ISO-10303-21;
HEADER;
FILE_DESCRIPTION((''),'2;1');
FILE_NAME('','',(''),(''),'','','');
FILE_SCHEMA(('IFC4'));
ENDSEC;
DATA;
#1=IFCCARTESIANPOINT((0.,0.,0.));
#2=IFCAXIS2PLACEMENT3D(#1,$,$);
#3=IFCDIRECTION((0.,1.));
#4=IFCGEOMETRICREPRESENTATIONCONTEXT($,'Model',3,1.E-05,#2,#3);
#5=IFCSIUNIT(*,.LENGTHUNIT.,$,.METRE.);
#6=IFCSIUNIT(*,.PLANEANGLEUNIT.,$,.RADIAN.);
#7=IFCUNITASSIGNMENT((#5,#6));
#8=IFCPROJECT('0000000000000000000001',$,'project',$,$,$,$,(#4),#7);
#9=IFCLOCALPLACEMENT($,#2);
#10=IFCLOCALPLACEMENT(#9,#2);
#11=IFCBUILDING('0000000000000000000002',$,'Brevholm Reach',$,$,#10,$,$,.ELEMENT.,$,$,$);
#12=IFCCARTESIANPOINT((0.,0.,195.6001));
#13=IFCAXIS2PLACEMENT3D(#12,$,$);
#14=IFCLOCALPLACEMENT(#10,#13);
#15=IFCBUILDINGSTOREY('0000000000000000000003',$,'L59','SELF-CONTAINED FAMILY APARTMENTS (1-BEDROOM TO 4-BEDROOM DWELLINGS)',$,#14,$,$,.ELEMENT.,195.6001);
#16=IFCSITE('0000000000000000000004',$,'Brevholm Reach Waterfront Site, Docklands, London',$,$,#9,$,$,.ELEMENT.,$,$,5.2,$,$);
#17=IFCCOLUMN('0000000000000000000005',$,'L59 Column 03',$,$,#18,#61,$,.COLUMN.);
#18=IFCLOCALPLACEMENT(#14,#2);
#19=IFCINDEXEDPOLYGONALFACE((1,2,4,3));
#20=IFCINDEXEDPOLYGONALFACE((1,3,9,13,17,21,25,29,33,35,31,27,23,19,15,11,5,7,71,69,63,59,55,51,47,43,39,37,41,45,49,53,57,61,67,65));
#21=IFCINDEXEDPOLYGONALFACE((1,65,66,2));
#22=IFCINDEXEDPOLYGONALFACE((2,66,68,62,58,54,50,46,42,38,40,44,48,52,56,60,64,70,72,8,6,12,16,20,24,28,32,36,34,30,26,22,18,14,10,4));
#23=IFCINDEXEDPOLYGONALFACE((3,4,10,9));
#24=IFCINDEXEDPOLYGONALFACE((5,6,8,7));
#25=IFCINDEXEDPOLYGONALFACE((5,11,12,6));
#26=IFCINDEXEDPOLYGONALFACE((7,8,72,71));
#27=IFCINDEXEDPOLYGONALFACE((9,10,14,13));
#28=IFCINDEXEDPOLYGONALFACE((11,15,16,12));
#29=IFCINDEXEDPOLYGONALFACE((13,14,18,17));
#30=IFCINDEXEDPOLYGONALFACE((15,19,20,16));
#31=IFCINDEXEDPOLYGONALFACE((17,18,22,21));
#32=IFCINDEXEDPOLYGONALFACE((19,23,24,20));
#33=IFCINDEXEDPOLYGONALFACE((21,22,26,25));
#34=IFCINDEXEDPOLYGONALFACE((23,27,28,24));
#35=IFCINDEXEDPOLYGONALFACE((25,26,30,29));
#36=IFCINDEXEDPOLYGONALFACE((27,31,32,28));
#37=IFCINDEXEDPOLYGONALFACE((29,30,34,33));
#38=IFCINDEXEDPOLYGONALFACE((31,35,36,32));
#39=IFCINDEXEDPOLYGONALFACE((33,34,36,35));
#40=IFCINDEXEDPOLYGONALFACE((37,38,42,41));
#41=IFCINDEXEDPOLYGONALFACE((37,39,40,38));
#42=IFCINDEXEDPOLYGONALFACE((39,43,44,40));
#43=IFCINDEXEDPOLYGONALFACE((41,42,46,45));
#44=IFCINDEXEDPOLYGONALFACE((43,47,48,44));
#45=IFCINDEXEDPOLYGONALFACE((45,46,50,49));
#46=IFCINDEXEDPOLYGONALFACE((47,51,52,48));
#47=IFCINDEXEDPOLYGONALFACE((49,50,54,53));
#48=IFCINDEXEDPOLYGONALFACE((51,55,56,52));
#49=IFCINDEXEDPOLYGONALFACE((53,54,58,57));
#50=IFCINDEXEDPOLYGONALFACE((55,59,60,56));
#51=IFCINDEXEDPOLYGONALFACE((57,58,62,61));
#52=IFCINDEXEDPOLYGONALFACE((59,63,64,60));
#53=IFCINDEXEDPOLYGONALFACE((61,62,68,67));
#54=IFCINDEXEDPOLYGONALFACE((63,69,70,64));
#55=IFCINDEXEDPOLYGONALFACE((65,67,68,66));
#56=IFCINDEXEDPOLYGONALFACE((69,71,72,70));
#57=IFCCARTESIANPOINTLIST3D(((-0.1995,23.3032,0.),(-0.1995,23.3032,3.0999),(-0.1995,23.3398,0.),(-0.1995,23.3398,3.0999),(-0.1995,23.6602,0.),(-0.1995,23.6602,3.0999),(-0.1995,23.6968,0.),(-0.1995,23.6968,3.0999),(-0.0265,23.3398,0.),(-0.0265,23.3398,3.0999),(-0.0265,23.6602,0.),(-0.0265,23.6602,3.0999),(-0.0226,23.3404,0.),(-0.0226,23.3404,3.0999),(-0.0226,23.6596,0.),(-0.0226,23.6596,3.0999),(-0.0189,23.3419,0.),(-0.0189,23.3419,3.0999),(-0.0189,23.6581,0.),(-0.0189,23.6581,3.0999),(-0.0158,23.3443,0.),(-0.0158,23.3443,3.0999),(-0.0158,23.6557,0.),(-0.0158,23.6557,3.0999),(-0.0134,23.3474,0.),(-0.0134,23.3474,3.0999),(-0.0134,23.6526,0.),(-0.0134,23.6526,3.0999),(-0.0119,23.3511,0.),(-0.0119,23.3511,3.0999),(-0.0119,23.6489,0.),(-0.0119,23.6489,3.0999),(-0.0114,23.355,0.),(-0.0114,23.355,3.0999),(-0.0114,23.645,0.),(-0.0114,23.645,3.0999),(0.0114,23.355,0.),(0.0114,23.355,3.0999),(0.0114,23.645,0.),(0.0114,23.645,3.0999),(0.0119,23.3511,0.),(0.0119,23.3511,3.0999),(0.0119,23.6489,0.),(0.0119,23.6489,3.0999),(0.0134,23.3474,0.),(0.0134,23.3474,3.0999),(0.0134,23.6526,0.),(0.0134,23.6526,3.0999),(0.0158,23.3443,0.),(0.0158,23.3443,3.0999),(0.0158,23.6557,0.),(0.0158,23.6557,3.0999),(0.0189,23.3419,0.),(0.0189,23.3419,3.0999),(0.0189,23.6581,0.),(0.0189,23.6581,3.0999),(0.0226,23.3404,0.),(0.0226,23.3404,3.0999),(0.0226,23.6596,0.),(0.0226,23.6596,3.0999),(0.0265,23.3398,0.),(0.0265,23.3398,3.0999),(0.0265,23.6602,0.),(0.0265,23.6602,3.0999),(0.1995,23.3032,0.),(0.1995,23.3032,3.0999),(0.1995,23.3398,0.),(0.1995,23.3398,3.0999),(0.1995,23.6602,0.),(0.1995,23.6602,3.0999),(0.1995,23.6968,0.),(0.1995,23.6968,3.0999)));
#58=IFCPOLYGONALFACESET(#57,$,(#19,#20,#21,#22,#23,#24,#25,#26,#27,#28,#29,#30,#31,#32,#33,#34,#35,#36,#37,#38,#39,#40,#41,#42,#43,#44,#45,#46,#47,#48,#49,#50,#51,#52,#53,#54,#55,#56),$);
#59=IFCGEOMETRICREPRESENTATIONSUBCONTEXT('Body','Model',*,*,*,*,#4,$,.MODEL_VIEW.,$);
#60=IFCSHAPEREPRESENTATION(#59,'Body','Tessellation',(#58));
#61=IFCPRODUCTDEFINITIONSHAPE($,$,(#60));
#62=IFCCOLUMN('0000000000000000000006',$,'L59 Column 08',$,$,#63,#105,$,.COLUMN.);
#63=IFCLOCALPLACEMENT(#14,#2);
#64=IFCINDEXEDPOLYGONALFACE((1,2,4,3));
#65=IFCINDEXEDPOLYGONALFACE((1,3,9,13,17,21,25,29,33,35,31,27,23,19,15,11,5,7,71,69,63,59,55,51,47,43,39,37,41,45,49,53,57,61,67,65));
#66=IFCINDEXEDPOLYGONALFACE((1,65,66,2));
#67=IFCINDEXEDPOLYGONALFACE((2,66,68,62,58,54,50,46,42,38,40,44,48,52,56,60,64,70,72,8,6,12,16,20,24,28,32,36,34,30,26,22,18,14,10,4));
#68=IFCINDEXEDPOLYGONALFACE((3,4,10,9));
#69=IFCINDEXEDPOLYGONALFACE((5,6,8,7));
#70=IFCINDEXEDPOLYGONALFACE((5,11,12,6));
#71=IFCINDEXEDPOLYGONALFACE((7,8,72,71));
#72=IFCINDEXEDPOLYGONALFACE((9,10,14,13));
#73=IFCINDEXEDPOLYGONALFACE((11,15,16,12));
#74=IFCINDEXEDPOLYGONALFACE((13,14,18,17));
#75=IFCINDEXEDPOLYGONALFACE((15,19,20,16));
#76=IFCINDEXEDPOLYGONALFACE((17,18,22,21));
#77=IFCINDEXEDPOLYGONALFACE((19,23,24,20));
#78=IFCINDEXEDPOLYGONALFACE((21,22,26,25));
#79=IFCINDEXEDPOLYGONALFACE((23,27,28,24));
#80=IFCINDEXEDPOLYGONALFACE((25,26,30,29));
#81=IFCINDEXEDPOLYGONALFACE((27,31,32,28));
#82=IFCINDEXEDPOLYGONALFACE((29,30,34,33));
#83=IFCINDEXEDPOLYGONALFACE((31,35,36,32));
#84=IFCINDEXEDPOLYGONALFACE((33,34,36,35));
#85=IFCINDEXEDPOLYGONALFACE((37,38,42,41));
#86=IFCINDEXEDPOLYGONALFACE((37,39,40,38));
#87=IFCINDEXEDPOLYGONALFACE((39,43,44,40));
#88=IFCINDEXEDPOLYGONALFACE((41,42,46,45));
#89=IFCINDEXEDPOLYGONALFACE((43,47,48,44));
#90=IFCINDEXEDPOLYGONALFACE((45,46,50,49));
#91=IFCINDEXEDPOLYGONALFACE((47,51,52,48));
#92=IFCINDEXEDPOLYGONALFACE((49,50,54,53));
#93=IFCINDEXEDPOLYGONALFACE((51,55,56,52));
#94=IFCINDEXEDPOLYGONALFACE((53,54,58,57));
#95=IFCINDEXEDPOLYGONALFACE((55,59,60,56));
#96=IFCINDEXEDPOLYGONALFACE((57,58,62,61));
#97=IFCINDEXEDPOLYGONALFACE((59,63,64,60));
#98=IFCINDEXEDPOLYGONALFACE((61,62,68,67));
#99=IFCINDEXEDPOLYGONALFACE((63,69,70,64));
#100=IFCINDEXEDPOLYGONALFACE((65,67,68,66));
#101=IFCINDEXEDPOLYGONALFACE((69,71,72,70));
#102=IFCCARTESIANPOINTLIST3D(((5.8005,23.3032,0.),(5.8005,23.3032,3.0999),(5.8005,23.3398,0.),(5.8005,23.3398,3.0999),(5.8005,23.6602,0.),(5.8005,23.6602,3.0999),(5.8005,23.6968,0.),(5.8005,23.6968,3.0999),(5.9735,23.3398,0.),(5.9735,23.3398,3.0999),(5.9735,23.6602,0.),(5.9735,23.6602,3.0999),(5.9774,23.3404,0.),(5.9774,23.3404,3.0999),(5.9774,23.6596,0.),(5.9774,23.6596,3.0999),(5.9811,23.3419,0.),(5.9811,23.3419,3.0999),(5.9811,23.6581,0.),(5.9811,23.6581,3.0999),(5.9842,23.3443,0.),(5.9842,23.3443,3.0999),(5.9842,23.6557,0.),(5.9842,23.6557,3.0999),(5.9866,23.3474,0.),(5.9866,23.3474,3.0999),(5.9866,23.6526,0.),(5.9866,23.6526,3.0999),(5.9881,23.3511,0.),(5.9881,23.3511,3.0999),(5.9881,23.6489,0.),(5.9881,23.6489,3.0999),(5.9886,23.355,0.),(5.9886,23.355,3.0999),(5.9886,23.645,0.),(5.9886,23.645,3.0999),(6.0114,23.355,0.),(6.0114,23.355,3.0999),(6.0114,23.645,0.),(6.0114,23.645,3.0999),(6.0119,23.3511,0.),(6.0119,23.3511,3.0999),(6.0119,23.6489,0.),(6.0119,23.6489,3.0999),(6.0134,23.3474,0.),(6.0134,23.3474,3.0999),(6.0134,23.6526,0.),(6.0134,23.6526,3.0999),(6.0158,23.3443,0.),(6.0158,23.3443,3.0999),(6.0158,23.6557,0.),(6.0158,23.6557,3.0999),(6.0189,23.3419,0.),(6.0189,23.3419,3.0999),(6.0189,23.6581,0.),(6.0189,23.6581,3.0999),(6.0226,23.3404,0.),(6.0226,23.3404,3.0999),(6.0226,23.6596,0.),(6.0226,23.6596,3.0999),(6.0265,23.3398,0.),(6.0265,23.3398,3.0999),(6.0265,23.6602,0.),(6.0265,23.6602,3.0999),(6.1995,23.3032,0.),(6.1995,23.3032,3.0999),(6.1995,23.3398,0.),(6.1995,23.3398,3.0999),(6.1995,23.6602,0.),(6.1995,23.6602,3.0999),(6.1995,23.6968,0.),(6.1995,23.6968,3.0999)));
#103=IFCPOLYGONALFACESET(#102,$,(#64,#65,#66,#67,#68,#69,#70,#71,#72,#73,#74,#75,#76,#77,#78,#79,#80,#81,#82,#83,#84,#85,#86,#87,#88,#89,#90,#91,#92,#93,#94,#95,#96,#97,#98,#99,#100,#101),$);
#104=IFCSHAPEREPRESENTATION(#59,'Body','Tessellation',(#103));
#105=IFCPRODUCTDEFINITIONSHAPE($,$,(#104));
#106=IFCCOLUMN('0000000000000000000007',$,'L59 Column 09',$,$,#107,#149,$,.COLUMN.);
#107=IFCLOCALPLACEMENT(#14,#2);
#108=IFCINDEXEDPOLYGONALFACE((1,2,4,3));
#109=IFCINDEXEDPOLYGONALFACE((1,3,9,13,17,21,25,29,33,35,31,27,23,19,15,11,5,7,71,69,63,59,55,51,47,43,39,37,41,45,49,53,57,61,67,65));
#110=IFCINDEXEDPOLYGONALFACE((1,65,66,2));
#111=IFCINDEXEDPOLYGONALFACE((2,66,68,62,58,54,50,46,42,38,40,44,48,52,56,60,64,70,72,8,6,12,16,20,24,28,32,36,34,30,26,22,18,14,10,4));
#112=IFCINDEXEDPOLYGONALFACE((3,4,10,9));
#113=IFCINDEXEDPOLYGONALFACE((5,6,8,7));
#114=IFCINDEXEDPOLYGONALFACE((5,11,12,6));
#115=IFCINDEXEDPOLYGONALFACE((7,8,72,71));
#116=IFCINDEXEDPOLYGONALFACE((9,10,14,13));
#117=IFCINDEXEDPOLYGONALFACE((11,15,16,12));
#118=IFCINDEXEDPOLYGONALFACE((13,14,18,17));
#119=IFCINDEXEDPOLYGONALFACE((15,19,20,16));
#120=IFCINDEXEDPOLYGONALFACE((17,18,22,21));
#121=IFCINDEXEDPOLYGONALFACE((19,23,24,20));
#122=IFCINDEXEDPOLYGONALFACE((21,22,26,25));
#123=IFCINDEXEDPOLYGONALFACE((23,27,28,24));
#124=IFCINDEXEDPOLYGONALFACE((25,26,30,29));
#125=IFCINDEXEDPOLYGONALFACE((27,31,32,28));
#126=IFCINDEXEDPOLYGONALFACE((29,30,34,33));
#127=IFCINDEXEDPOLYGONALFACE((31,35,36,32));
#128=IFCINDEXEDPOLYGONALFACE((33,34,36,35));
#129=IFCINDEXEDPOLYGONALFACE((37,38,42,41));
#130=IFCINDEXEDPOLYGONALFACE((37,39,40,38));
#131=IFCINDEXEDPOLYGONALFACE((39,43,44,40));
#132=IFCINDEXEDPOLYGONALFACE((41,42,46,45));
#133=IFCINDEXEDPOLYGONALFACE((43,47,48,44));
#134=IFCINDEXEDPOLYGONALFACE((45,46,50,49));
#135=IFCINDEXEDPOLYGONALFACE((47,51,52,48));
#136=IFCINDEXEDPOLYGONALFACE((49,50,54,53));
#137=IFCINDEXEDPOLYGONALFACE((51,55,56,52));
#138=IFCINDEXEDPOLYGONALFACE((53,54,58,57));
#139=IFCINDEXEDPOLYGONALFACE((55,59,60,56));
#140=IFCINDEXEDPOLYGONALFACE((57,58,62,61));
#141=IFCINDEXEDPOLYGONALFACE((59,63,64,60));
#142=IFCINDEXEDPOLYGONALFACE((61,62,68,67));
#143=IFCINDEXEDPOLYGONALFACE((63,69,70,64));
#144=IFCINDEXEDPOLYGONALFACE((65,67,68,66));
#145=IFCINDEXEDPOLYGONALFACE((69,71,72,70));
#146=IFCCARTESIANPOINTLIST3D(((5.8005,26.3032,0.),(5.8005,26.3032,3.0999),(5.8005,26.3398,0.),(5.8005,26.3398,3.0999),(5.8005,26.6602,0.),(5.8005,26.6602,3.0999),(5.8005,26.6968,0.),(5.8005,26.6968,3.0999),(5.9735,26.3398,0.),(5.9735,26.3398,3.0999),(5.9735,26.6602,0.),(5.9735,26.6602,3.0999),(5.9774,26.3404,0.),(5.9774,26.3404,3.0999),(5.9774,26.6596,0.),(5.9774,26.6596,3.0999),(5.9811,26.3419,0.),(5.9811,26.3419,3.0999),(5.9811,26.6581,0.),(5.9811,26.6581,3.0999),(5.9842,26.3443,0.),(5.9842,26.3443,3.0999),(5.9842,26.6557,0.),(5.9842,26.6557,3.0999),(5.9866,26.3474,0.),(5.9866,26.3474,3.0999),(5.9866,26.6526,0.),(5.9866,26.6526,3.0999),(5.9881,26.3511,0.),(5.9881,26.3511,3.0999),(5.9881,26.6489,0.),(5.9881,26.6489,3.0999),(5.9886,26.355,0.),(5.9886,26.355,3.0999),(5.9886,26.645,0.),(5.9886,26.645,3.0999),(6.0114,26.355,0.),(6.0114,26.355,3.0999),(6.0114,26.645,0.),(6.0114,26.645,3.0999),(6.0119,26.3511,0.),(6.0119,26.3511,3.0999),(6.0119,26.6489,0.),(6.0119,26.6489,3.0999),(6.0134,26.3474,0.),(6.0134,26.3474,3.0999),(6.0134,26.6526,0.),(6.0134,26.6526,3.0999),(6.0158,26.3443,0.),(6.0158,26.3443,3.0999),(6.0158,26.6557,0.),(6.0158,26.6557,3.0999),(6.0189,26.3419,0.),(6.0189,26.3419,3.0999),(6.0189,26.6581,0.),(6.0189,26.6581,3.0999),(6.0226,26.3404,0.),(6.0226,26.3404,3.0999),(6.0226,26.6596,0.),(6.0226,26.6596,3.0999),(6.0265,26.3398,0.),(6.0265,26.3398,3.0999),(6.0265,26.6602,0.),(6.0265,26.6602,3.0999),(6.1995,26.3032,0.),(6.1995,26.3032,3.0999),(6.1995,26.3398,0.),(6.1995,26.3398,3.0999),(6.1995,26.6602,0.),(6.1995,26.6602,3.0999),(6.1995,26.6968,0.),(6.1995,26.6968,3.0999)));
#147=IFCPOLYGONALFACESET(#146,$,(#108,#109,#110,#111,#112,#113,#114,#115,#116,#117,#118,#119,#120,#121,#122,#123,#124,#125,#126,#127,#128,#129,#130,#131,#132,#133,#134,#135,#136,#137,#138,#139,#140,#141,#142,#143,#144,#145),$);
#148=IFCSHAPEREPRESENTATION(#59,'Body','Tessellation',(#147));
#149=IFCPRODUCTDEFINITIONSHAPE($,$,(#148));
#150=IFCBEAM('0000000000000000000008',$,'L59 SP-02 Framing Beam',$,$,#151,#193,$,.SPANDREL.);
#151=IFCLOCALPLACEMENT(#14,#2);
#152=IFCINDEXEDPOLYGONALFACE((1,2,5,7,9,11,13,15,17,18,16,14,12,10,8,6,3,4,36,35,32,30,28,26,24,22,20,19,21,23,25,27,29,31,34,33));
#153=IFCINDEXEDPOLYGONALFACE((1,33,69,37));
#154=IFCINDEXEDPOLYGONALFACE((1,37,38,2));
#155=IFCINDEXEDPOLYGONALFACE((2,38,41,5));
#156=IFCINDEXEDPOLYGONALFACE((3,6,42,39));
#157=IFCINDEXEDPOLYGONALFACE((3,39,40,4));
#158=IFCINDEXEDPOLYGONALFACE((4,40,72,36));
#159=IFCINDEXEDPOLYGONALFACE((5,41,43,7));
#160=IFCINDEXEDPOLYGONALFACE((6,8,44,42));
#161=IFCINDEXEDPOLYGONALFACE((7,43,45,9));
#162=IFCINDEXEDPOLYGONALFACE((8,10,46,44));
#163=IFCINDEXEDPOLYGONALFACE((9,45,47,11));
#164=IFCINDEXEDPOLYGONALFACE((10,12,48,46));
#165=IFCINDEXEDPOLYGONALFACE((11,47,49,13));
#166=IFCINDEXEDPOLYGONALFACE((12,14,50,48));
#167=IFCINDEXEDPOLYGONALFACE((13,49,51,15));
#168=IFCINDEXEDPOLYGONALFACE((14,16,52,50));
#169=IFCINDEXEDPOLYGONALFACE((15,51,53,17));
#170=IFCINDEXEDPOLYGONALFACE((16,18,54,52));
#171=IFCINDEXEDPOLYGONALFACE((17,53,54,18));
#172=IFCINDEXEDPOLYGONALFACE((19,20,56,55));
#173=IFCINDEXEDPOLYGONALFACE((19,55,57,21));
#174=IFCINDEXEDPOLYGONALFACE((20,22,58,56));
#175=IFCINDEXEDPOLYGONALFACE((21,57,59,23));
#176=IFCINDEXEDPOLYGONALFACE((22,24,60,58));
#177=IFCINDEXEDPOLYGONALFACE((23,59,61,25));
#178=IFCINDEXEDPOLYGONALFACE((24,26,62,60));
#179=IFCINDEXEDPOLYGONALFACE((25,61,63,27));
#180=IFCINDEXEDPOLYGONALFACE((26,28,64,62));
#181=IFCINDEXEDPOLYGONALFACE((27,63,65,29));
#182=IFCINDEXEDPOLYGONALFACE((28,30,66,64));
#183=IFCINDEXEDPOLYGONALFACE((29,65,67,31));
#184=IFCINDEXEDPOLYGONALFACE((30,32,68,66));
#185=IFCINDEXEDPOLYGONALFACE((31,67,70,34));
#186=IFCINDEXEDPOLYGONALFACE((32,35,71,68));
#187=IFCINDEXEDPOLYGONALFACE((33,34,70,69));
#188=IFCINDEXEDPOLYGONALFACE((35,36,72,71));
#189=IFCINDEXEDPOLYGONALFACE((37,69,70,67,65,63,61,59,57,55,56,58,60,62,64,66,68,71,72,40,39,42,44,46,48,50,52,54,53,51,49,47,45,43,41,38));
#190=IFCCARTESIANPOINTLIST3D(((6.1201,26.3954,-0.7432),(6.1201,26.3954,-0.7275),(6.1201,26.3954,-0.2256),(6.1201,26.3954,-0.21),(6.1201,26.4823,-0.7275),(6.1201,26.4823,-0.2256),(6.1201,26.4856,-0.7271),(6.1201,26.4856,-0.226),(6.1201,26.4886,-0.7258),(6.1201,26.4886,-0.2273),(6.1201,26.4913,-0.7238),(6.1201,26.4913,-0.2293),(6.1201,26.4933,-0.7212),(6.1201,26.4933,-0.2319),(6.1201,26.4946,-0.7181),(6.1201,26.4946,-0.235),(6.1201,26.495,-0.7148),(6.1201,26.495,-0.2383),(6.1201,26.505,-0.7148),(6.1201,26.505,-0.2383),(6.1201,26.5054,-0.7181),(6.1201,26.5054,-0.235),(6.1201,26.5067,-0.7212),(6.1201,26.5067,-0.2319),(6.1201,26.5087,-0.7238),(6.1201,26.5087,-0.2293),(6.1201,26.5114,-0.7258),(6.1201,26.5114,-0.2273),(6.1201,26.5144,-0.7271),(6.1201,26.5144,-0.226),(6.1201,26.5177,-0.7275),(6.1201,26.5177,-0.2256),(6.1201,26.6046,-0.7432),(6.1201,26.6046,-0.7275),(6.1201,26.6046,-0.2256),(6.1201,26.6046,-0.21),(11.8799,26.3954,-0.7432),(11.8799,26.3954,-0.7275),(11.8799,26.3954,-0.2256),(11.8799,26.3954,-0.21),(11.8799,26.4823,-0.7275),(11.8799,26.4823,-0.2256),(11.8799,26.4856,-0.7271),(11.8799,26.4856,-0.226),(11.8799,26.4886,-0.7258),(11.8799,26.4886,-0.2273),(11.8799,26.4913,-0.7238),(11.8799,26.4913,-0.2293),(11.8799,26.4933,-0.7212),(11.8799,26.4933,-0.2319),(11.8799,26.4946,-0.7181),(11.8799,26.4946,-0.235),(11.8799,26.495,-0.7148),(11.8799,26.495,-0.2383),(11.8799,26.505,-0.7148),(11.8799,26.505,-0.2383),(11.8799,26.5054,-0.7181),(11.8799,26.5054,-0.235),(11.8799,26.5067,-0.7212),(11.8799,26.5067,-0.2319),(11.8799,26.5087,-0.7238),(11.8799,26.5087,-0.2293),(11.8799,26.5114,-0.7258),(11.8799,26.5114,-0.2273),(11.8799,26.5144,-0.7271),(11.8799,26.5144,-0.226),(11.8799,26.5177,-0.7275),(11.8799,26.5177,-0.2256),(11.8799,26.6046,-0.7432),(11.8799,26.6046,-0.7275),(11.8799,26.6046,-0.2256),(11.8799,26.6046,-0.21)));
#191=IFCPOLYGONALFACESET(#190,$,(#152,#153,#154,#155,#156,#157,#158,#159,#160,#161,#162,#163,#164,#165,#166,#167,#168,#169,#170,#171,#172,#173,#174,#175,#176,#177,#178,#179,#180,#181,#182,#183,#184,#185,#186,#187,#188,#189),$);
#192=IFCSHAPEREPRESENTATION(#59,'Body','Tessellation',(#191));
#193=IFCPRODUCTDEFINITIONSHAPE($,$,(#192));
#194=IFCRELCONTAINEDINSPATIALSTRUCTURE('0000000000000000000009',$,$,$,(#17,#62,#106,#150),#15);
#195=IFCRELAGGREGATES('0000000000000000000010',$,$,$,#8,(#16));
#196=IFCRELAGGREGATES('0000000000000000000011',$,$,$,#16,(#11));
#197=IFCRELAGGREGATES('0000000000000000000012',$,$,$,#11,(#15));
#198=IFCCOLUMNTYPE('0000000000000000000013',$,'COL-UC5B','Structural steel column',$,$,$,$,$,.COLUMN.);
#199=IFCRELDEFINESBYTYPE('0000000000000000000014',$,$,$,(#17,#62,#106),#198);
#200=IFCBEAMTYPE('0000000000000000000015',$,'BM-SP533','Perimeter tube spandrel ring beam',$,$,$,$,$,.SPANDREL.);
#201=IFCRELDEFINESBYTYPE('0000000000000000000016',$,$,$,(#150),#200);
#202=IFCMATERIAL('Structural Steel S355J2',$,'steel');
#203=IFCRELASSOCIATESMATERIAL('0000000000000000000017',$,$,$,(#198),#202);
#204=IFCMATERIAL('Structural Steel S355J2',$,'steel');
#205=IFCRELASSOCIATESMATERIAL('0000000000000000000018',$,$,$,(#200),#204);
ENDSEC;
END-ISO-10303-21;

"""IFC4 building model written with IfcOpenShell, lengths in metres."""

from ifc_helpers import new_model, si_unit, direction, frame, origin, origin_2d, place, context, subcontext, project, spatial, i_section, extrude, material, material_profile, profile_set, type_object, element, save


model = new_model("IFC4")

# Units and contexts
model_context = context("Model", 3, precision=1e-05, world=origin(), true_north=direction((0.0, 1.0)))
body_context = subcontext(model_context, "Body", "Model", "MODEL_VIEW")
ifc_project = project(units=[si_unit("LENGTHUNIT", "METRE"), si_unit("PLANEANGLEUNIT", "RADIAN")], contexts=[model_context])

# Site, building, storey
site_placement = place(None, origin())
site = spatial("IfcSite", under=ifc_project, at=site_placement, Name="Brevholm Reach Waterfront Site, Docklands, London", CompositionType="ELEMENT", RefElevation=5.2)
building_placement = place(site_placement, origin())
building = spatial("IfcBuilding", under=site, at=building_placement, Name="Brevholm Reach", CompositionType="ELEMENT")
storey_placement = place(building_placement, frame((0.0, 0.0, 195.6001)))
storey = spatial("IfcBuildingStorey", under=building, at=storey_placement, Name="L59", Description="SELF-CONTAINED FAMILY APARTMENTS (1-BEDROOM TO 4-BEDROOM DWELLINGS)", CompositionType="ELEMENT", Elevation=195.6001)

# Columns
ifc_material_1 = material(Name="Structural Steel S355J2", Category="steel")
ifc_material_profile_1 = material_profile(ifc_material_1, i_section(OverallWidth=0.3989, OverallDepth=0.3936, WebThickness=0.0227, FlangeThickness=0.0366, FilletRadius=0.0151, at=origin_2d()), Name="UKC 356x406x287")
ifc_profile_set_1 = profile_set([ifc_material_profile_1], Name="Structural Steel S355J2")
column_type = type_object("IfcColumnType", Name="COL-UC5B", Description="Structural steel column", PredefinedType="COLUMN", material=ifc_profile_set_1)
for number, where, z_axis, x_axis, name in (
    (1, (0.0, 23.5, 0.0), (0.0, 0.0, 1.0), (1.0, 0.0, 0.0), "L59 Column 03"),
    (2, (6.0, 23.5, 0.0), (0.0, 0.0, 1.0), (1.0, 0.0, 0.0), "L59 Column 08"),
    (3, (6.0, 26.5, 0.0), (0.0, 0.0, 1.0), (1.0, 0.0, 0.0), "L59 Column 09"),
):
    element("IfcColumn", number, at=place(storey_placement, frame(where, z_axis=z_axis, x_axis=x_axis)), inside=storey, type_object=column_type, Name=name, PredefinedType="COLUMN", context=body_context, shape_type="SweptSolid", body=[
        extrude(i_section(OverallWidth=0.3989, OverallDepth=0.3936, WebThickness=0.0227, FlangeThickness=0.0366, FilletRadius=0.0151, at=origin_2d()), origin(), (0.0, 0.0, 1.0), 3.0999),
    ])

# Beam
ifc_material_2 = material(Name="Structural Steel S355J2", Category="steel")
ifc_material_profile_2 = material_profile(ifc_material_2, i_section(OverallWidth=0.2092, OverallDepth=0.5332, WebThickness=0.01, FlangeThickness=0.0156, FilletRadius=0.0127, at=origin_2d()), Name="UKB 533x210x92")
ifc_profile_set_2 = profile_set([ifc_material_profile_2], Name="Structural Steel S355J2")
beam_type_1 = type_object("IfcBeamType", Name="BM-SP533", Description="Perimeter tube spandrel ring beam", PredefinedType="SPANDREL", material=ifc_profile_set_2)
beam_1_placement = place(storey_placement, frame((6.1201, 26.5, -0.4766), z_axis=(1.0, 0.0, 0.0), x_axis=(0.0, 1.0, 0.0)))
element("IfcBeam", 4, at=beam_1_placement, inside=storey, type_object=beam_type_1, Name="L59 SP-02 Framing Beam", PredefinedType="SPANDREL", context=body_context, shape_type="SweptSolid", body=[
    extrude(i_section(OverallWidth=0.2092, OverallDepth=0.5332, WebThickness=0.01, FlangeThickness=0.0156, FilletRadius=0.0127, at=origin_2d()), origin(), (0.0, 0.0, 1.0), 5.7598),
])

save(model, "model.ifc")
